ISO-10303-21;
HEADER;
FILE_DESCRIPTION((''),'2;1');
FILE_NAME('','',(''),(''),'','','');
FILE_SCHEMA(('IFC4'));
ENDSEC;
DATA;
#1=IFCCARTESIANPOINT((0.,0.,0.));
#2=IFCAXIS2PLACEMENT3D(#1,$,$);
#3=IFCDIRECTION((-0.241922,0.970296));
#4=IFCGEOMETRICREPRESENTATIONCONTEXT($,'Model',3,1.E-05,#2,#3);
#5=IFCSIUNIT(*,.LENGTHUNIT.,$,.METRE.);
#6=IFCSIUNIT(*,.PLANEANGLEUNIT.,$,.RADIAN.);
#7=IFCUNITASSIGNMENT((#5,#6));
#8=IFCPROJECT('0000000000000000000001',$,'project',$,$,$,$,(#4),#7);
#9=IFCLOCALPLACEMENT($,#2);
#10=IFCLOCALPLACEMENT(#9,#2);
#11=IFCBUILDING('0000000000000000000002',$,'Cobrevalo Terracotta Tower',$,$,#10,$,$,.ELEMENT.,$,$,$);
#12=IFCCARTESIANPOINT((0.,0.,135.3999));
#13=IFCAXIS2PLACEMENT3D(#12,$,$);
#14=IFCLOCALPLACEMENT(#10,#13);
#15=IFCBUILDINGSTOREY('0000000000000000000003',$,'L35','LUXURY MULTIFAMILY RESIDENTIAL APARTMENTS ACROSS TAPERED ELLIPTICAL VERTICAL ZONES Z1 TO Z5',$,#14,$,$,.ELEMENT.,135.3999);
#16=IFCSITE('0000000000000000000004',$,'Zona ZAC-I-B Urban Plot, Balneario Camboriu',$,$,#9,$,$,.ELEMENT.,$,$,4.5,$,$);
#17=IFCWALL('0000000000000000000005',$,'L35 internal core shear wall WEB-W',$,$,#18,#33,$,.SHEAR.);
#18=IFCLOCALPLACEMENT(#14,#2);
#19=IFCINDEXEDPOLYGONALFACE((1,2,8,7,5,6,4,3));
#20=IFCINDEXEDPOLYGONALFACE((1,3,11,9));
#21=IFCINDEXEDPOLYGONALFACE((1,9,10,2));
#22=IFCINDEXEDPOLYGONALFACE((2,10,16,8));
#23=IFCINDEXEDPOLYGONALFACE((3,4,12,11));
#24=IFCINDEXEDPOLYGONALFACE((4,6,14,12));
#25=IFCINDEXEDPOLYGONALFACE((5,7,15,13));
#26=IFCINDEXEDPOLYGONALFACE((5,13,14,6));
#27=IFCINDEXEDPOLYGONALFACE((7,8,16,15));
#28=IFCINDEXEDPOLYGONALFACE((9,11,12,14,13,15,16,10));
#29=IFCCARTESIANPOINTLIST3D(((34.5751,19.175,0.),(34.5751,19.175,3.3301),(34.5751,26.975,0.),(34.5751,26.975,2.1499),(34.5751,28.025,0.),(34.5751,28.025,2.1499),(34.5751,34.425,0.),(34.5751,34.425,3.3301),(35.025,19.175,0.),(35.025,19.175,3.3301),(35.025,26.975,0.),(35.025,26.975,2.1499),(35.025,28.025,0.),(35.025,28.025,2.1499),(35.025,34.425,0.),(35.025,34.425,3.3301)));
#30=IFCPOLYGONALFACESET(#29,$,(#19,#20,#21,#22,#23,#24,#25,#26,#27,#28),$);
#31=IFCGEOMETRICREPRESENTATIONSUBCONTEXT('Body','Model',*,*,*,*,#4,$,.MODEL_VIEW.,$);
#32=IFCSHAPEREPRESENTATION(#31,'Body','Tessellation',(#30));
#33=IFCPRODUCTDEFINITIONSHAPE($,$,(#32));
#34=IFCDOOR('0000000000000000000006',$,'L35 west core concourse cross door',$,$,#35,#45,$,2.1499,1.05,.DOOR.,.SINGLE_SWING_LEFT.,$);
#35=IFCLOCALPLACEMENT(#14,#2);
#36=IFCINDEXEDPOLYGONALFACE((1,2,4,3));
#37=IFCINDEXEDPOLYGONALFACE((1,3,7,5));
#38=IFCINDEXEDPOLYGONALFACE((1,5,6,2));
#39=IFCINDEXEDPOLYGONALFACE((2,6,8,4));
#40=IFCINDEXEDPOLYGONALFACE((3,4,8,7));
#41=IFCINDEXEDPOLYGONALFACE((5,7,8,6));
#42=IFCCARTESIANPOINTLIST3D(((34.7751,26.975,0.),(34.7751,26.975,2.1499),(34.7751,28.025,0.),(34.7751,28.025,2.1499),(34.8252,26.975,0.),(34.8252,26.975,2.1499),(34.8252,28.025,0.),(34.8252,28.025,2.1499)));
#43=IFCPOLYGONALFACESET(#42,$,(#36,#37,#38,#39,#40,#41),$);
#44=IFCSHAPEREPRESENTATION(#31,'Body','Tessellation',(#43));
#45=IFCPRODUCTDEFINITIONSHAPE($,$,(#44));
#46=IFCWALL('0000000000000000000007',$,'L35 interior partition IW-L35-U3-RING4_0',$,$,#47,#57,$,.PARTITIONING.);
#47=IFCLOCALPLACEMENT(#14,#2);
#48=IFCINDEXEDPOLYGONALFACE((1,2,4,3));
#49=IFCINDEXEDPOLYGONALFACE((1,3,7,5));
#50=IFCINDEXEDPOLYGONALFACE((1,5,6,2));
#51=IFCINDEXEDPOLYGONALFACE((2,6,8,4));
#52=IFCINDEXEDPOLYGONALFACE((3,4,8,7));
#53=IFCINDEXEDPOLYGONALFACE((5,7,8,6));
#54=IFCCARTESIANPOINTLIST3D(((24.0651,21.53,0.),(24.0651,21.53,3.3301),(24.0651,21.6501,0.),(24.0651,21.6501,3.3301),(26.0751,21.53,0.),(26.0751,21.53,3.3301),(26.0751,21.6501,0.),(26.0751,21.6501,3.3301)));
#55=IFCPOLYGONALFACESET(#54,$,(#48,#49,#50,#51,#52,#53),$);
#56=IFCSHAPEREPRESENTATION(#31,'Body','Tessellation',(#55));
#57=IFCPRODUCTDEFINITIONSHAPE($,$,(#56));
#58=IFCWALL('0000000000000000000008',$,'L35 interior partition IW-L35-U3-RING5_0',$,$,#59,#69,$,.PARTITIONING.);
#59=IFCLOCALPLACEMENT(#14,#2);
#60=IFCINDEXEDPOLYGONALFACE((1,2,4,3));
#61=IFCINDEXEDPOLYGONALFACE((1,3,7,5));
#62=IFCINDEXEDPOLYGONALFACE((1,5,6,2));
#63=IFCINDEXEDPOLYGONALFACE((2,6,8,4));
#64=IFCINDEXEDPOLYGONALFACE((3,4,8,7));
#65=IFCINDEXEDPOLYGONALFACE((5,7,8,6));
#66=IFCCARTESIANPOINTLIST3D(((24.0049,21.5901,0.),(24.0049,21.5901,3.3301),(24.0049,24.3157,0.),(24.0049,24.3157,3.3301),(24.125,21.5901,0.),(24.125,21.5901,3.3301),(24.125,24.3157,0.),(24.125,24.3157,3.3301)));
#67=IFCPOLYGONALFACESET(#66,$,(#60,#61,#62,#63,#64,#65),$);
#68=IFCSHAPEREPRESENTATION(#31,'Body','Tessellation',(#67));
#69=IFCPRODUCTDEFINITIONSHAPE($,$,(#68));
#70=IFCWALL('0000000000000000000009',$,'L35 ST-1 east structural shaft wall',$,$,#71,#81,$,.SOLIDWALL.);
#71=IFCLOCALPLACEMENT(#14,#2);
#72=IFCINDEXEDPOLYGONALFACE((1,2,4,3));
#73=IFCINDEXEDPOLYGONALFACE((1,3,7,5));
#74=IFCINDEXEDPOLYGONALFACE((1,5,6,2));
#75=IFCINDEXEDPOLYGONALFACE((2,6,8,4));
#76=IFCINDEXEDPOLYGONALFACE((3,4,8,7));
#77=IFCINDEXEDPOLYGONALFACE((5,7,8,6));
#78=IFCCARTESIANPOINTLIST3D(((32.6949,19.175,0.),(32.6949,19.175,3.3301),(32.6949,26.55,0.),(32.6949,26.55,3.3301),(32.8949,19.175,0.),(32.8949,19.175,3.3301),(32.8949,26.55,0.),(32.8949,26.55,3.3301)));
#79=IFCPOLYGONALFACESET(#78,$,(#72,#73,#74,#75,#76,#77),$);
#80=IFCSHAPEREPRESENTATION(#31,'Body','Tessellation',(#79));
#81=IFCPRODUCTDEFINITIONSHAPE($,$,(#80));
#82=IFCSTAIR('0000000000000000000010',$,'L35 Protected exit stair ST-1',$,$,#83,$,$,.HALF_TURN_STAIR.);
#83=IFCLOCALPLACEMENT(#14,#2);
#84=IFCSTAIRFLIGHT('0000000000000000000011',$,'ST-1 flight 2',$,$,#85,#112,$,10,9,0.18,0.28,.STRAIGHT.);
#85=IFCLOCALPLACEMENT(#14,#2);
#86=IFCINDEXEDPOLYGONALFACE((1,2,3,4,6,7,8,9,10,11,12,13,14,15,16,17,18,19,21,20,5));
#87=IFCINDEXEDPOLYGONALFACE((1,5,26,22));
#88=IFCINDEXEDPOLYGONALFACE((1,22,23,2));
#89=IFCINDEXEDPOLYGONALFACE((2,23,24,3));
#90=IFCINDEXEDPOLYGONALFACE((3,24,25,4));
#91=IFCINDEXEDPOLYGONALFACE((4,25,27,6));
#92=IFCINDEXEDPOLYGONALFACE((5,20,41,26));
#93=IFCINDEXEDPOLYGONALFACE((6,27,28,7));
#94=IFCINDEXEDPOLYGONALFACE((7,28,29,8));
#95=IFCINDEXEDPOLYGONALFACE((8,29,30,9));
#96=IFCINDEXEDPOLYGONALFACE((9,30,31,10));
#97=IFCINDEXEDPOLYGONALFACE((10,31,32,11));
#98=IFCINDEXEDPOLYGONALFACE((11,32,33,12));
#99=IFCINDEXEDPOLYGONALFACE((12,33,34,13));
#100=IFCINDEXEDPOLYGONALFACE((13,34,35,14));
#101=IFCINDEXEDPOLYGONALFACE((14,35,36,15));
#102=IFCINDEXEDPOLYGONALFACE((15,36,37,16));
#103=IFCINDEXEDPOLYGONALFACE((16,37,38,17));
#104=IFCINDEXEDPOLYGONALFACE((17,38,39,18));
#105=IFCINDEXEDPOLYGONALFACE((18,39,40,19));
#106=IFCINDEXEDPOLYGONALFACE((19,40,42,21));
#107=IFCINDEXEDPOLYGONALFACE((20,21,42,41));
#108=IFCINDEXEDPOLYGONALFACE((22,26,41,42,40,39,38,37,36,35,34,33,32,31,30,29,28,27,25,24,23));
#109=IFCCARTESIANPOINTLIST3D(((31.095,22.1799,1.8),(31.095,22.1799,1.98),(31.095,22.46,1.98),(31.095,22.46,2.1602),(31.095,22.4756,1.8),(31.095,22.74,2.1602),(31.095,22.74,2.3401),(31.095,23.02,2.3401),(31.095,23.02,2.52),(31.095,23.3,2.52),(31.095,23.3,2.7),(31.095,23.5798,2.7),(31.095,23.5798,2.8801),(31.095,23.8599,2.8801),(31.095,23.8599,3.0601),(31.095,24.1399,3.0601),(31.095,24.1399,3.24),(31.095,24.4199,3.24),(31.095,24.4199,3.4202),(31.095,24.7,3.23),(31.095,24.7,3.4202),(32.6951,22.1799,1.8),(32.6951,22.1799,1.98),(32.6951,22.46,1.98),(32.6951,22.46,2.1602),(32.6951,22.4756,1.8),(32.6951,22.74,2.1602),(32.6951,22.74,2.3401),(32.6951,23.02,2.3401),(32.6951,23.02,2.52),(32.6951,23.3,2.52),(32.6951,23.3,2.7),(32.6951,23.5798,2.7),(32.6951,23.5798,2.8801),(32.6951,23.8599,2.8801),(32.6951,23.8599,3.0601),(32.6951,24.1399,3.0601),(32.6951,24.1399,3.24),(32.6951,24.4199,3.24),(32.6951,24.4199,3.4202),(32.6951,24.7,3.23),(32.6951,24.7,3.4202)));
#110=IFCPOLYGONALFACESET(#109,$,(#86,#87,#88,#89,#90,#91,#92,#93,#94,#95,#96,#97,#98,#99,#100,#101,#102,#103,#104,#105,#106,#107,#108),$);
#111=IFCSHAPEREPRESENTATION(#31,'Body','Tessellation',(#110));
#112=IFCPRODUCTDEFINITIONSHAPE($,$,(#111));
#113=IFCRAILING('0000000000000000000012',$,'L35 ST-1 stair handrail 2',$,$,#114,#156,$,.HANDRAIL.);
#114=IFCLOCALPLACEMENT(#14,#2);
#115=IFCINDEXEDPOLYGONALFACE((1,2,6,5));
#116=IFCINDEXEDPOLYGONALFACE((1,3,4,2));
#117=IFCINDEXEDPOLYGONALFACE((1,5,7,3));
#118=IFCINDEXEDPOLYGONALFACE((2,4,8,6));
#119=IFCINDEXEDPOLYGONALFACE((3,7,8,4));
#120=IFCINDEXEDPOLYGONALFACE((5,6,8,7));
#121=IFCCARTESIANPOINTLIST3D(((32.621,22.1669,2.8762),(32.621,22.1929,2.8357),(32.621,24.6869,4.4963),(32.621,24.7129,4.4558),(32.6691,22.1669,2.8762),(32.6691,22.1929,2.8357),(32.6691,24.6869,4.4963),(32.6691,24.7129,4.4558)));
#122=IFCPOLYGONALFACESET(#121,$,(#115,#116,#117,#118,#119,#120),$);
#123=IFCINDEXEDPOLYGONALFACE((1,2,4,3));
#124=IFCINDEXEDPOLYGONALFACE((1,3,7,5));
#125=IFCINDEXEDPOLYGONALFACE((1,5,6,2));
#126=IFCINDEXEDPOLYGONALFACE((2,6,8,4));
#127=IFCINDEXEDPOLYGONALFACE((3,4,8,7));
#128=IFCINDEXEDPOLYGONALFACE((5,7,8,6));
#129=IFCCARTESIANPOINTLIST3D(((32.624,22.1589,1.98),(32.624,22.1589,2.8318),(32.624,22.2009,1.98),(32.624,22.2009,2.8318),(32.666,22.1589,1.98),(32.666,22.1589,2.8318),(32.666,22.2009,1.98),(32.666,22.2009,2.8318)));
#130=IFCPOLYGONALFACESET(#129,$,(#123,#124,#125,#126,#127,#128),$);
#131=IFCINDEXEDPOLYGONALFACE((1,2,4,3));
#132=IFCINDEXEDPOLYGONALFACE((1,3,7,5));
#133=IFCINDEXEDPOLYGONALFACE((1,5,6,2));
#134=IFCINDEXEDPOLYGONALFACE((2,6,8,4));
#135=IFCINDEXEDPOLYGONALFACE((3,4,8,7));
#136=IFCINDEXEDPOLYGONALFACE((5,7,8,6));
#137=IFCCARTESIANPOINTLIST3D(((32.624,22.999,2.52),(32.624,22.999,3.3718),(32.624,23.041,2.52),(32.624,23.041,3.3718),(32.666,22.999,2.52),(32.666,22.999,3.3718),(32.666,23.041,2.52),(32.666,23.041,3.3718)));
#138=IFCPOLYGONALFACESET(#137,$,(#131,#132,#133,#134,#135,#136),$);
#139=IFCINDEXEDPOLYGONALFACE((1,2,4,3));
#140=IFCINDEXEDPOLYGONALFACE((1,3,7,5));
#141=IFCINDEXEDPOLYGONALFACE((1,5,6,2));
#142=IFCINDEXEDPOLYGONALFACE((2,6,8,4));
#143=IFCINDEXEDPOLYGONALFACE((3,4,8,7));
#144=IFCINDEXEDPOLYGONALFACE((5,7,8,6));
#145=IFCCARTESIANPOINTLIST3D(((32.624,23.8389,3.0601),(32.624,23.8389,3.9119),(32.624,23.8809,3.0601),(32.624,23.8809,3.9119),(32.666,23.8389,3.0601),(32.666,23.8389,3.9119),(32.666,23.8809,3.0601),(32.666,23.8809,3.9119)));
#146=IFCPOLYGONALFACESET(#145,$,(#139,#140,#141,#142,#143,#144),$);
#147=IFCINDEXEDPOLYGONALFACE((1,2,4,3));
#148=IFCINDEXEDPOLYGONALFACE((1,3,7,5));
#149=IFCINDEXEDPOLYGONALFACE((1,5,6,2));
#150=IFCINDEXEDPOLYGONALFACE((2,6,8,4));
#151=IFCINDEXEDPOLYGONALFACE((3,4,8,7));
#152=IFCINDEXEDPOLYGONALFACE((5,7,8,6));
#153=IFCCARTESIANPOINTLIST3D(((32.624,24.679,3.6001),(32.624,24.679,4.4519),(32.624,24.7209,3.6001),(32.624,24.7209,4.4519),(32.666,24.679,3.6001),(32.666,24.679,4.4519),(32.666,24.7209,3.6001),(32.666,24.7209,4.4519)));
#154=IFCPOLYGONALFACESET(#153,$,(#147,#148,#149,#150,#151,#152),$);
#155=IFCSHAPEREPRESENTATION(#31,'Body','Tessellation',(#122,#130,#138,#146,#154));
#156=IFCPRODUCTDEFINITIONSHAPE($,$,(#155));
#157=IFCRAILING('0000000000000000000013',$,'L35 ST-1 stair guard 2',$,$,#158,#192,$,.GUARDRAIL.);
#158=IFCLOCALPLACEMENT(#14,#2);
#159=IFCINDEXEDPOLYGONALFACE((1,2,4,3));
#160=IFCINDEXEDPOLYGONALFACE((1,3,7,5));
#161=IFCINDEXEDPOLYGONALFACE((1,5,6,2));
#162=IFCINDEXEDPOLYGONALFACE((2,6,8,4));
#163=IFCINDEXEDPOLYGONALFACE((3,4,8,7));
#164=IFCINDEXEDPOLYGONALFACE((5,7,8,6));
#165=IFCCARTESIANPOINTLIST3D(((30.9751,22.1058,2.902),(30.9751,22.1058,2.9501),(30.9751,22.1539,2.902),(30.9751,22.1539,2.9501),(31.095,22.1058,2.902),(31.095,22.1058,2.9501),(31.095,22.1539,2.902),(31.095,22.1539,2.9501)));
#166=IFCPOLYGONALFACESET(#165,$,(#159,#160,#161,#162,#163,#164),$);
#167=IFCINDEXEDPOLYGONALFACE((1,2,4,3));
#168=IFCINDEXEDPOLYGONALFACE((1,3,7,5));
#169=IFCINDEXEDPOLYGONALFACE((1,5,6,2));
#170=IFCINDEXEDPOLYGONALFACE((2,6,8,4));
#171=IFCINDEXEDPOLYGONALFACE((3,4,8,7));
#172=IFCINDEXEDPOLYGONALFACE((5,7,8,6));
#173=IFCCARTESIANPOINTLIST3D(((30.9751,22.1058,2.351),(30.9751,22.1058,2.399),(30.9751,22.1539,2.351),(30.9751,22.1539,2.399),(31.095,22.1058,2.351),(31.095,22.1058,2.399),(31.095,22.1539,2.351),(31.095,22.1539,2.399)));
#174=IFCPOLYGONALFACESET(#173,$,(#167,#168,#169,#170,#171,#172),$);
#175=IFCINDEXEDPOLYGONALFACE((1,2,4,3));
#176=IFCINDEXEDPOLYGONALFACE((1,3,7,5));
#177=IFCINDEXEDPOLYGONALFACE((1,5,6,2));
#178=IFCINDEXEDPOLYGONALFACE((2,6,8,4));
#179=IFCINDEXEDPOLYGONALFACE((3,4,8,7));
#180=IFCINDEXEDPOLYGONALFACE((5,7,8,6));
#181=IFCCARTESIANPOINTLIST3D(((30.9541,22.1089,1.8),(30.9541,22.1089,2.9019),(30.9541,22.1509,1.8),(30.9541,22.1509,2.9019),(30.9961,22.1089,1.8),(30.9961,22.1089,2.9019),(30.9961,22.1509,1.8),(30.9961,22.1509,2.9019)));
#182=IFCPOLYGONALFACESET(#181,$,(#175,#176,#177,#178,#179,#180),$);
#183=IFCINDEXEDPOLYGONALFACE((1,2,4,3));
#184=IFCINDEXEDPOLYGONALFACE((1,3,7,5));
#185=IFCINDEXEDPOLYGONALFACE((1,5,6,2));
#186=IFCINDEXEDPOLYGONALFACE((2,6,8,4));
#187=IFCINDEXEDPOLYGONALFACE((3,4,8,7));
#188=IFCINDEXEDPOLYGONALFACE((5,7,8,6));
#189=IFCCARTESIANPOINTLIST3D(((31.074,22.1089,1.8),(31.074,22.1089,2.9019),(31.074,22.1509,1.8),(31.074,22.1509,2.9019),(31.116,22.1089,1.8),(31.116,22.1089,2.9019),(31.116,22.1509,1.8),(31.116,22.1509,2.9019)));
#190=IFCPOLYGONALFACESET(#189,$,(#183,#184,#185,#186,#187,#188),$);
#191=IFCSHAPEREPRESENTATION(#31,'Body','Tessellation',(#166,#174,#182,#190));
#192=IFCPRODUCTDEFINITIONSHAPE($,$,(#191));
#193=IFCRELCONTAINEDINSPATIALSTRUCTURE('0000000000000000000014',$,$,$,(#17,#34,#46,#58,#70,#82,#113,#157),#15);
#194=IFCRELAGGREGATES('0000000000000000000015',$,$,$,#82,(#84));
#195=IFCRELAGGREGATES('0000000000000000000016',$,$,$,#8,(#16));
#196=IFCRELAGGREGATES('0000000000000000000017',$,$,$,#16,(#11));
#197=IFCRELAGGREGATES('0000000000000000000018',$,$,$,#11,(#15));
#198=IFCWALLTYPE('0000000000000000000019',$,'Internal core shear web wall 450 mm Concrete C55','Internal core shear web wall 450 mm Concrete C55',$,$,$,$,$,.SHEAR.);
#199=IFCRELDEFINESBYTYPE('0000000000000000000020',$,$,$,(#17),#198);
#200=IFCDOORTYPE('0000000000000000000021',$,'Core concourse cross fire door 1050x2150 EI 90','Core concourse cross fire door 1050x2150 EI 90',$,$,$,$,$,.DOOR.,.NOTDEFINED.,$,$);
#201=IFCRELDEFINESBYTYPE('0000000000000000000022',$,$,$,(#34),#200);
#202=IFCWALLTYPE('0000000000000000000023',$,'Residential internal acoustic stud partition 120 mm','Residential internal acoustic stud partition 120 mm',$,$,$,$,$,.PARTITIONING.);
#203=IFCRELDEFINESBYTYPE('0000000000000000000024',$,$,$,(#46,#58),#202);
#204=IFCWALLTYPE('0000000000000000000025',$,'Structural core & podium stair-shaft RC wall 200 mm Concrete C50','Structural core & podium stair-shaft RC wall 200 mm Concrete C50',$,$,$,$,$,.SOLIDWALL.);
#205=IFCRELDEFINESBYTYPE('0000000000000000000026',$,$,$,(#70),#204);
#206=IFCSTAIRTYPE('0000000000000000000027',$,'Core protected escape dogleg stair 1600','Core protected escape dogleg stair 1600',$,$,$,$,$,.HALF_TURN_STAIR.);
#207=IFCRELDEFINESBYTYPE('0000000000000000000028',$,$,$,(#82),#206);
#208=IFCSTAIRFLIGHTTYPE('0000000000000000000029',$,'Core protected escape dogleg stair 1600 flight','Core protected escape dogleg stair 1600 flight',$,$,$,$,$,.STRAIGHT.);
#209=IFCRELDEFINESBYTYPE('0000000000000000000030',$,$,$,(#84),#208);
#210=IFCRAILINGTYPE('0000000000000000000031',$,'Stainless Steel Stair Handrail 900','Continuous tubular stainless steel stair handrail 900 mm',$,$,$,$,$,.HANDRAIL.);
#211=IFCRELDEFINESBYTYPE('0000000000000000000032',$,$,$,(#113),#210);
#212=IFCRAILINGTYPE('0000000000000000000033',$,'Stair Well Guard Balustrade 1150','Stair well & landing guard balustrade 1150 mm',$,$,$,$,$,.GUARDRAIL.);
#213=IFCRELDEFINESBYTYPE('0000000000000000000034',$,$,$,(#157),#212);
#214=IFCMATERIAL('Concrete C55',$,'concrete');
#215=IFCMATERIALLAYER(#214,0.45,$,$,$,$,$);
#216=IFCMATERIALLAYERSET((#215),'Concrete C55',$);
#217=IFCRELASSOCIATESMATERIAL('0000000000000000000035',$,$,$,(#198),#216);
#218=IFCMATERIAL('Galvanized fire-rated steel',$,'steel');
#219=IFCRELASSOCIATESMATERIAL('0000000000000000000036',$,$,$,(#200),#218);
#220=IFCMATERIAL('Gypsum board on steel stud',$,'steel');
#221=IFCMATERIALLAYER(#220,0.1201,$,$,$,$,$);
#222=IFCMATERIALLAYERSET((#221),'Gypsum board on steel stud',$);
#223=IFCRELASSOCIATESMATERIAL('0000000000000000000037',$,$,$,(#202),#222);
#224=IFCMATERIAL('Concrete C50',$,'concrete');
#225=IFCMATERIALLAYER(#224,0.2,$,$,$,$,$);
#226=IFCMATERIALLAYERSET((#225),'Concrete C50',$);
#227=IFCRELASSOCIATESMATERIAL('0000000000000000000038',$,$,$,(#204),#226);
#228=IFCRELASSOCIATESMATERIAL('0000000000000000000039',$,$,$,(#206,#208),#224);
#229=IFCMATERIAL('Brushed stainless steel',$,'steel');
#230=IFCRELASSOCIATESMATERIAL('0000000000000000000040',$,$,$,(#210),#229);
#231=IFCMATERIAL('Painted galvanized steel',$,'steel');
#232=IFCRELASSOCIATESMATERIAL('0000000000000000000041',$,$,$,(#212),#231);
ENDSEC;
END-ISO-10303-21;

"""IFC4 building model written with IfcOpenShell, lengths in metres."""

from ifc_helpers import new_model, si_unit, direction, frame, frame_2d, origin, origin_2d, place, context, subcontext, project, spatial, polyline, rectangle, outline, extrude, source, transform, mapped, material, layer, layer_set, type_object, element, fill, aggregate, save


model = new_model("IFC4")

# Units and contexts
model_context = context("Model", 3, precision=1e-05, world=origin(), true_north=direction((-0.241922, 0.970296)))
body_context = subcontext(model_context, "Body", "Model", "MODEL_VIEW")
ifc_project = project(units=[si_unit("LENGTHUNIT", "METRE"), si_unit("PLANEANGLEUNIT", "RADIAN")], contexts=[model_context])

# Site, building, storey
site_placement = place(None, origin())
site = spatial("IfcSite", under=ifc_project, at=site_placement, Name="Zona ZAC-I-B Urban Plot, Balneario Camboriu", CompositionType="ELEMENT", RefElevation=4.5)
building_placement = place(site_placement, origin())
building = spatial("IfcBuilding", under=site, at=building_placement, Name="Cobrevalo Terracotta Tower", CompositionType="ELEMENT")
storey_placement = place(building_placement, frame((0.0, 0.0, 135.3999)))
storey = spatial("IfcBuildingStorey", under=building, at=storey_placement, Name="L35", Description="LUXURY MULTIFAMILY RESIDENTIAL APARTMENTS ACROSS TAPERED ELLIPTICAL VERTICAL ZONES Z1 TO Z5", CompositionType="ELEMENT", Elevation=135.3999)

# Shared definitions
ifc_material_1 = material(Name="Concrete C55", Category="concrete")

# Wall, opening, door
ifc_material_2 = material(Name="Galvanized fire-rated steel", Category="steel")
ifc_material_3 = material(Name="Gypsum board on steel stud", Category="steel")
ifc_layer_1 = layer(ifc_material_1, 0.45)
ifc_layer_set_1 = layer_set([ifc_layer_1], Name="Concrete C55")
wall_type_1 = type_object("IfcWallType", Name="Internal core shear web wall 450 mm Concrete C55", Description="Internal core shear web wall 450 mm Concrete C55", PredefinedType="SHEAR", material=ifc_layer_set_1)
wall_1_placement = place(storey_placement, frame((34.8, 19.175, 0.0), z_axis=(0.0, 0.0, 1.0), x_axis=(0.0, 1.0, 0.0)))
wall_1 = element("IfcWall", 1, at=wall_1_placement, inside=storey, type_object=wall_type_1, Name="L35 internal core shear wall WEB-W", PredefinedType="SHEAR", context=body_context, shape_type="SweptSolid", body=[
    extrude(rectangle(XDim=15.25, YDim=0.45, at=frame_2d((7.625, 0.0))), origin(), (0.0, 0.0, 1.0), 3.3301),
])
opening_1_placement = place(wall_1_placement, frame((7.8, 0.0, 0.0)))
opening_1 = element("IfcOpeningElement", 2, at=opening_1_placement, cuts=wall_1, PredefinedType="OPENING", context=body_context, shape_type="SweptSolid", body=[
    extrude(rectangle(XDim=1.05, YDim=2.1499, at=frame_2d((0.5249, 1.075))), frame((0.0, 0.2349, 0.0), z_axis=(0.0, -1.0, 0.0), x_axis=(1.0, 0.0, 0.0)), (0.0, 0.0, 1.0), 0.47),
])
door_type_1 = type_object("IfcDoorType", Name="Core concourse cross fire door 1050x2150 EI 90", Description="Core concourse cross fire door 1050x2150 EI 90", OperationType="NOTDEFINED", PredefinedType="DOOR", material=ifc_material_2)
shared_shape_1 = source(origin(), body_context, "Body", "SweptSolid", [
    extrude(rectangle(XDim=1.05, YDim=2.1499, at=frame_2d((0.5249, 1.075))), frame((0.0, 0.0249, 0.0), z_axis=(0.0, -1.0, 0.0), x_axis=(1.0, 0.0, 0.0)), (0.0, 0.0, 1.0), 0.05),
])
door_1_placement = place(opening_1_placement, origin())
door_1 = element("IfcDoor", 3, at=door_1_placement, inside=storey, type_object=door_type_1, Name="L35 west core concourse cross door", OperationType="SINGLE_SWING_LEFT", OverallHeight=2.1499, OverallWidth=1.05, PredefinedType="DOOR", context=body_context, shape_type="MappedRepresentation", body=[
    mapped(shared_shape_1, transform((0.0, 0.0, 0.0), scale=1.0)),
])
fill(opening_1, door_1)

# Walls
ifc_layer_2 = layer(ifc_material_3, 0.1201)
ifc_layer_set_2 = layer_set([ifc_layer_2], Name="Gypsum board on steel stud")
wall_type_2 = type_object("IfcWallType", Name="Residential internal acoustic stud partition 120 mm", Description="Residential internal acoustic stud partition 120 mm", PredefinedType="PARTITIONING", material=ifc_layer_set_2)
wall_2_placement = place(storey_placement, frame((26.075, 21.5901, 0.0), z_axis=(0.0, 0.0, 1.0), x_axis=(-1.0, 0.0, 0.0)))
element("IfcWall", 4, at=wall_2_placement, inside=storey, type_object=wall_type_2, Name="L35 interior partition IW-L35-U3-RING4_0", PredefinedType="PARTITIONING", context=body_context, shape_type="SweptSolid", body=[
    extrude(rectangle(XDim=2.01, YDim=0.1201, at=frame_2d((1.0049, 0.0))), origin(), (0.0, 0.0, 1.0), 3.3301),
])
wall_3_placement = place(storey_placement, frame((24.0649, 21.5901, 0.0), z_axis=(0.0, 0.0, 1.0), x_axis=(0.0, 1.0, 0.0)))
element("IfcWall", 5, at=wall_3_placement, inside=storey, type_object=wall_type_2, Name="L35 interior partition IW-L35-U3-RING5_0", PredefinedType="PARTITIONING", context=body_context, shape_type="SweptSolid", body=[
    extrude(rectangle(XDim=2.7256, YDim=0.1201, at=frame_2d((1.3628, 0.0))), origin(), (0.0, 0.0, 1.0), 3.3301),
])

# Wall
ifc_material_4 = material(Name="Concrete C50", Category="concrete")
ifc_layer_3 = layer(ifc_material_4, 0.2)
ifc_layer_set_3 = layer_set([ifc_layer_3], Name="Concrete C50")
wall_type_3 = type_object("IfcWallType", Name="Structural core & podium stair-shaft RC wall 200 mm Concrete C50", Description="Structural core & podium stair-shaft RC wall 200 mm Concrete C50", PredefinedType="SOLIDWALL", material=ifc_layer_set_3)
wall_4_placement = place(storey_placement, frame((32.7949, 19.175, 0.0), z_axis=(0.0, 0.0, 1.0), x_axis=(0.0, 1.0, 0.0)))
element("IfcWall", 6, at=wall_4_placement, inside=storey, type_object=wall_type_3, Name="L35 ST-1 east structural shaft wall", PredefinedType="SOLIDWALL", context=body_context, shape_type="SweptSolid", body=[
    extrude(rectangle(XDim=7.375, YDim=0.2, at=frame_2d((3.6875, 0.0))), origin(), (0.0, 0.0, 1.0), 3.3301),
])

# Stair, stair flight
stair_type = type_object("IfcStairType", Name="Core protected escape dogleg stair 1600", Description="Core protected escape dogleg stair 1600", PredefinedType="HALF_TURN_STAIR", material=ifc_material_4)
stair_placement = place(storey_placement, origin())
stair = element("IfcStair", 7, at=stair_placement, inside=storey, type_object=stair_type, Name="L35 Protected exit stair ST-1", PredefinedType="HALF_TURN_STAIR")
stair_flight_type = type_object("IfcStairFlightType", Name="Core protected escape dogleg stair 1600 flight", Description="Core protected escape dogleg stair 1600 flight", PredefinedType="STRAIGHT", material=ifc_material_4)
stair_flight_placement = place(storey_placement, frame((31.895, 22.1799, 1.8), z_axis=(0.0, 0.0, 1.0), x_axis=(0.0, 1.0, 0.0)))
stair_flight = element("IfcStairFlight", 8, at=stair_flight_placement, type_object=stair_flight_type, Name="ST-1 flight 2", NumberOfRisers=10, NumberOfTreads=9, PredefinedType="STRAIGHT", RiserHeight=0.18, TreadLength=0.28, context=body_context, shape_type="SweptSolid", body=[
    extrude(outline(polyline([(0.0, 0.0), (0.0, 0.1799), (0.28, 0.1799), (0.28, 0.3601), (0.5601, 0.3601), (0.5601, 0.54), (0.8401, 0.54), (0.8401, 0.72), (1.1201, 0.72), (1.1201, 0.8999), (1.3999, 0.8999), (1.3999, 1.0801), (1.6799, 1.0801), (1.6799, 1.26), (1.96, 1.26), (1.96, 1.4399), (2.24, 1.4399), (2.24, 1.6201), (2.52, 1.6201), (2.52, 1.8), (2.52, 1.4299), (0.2957, 0.0), (0.0, 0.0)])), frame((0.0, 0.8, 0.0), z_axis=(0.0, -1.0, 0.0), x_axis=(1.0, 0.0, 0.0)), (0.0, 0.0, 1.0), 1.6001),
])
aggregate(stair, [stair_flight])

# Railings
ifc_material_5 = material(Name="Brushed stainless steel", Category="steel")
railing_type_1 = type_object("IfcRailingType", Name="Stainless Steel Stair Handrail 900", Description="Continuous tubular stainless steel stair handrail 900 mm", PredefinedType="HANDRAIL", material=ifc_material_5)
railing_1_placement = place(storey_placement, frame((32.645, 22.1799, 1.98)))
element("IfcRailing", 9, at=railing_1_placement, inside=storey, type_object=railing_type_1, Name="L35 ST-1 stair handrail 2", PredefinedType="HANDRAIL", context=body_context, shape_type="SweptSolid", body=[
    extrude(rectangle(XDim=0.0481, YDim=0.0481, at=origin_2d()), frame((0.0, 0.0, 0.876), z_axis=(0.0, 0.841163, 0.540782), x_axis=(-1.0, 0.0, 0.0)), (0.0, 0.0, 1.0), 2.9958),
    extrude(rectangle(XDim=0.042, YDim=0.042, at=origin_2d()), origin(), (0.0, 0.0, 1.0), 0.8518),
    extrude(rectangle(XDim=0.042, YDim=0.042, at=origin_2d()), frame((0.0, 0.8401, 0.54)), (0.0, 0.0, 1.0), 0.8518),
    extrude(rectangle(XDim=0.042, YDim=0.042, at=origin_2d()), frame((0.0, 1.6799, 1.0801)), (0.0, 0.0, 1.0), 0.8518),
    extrude(rectangle(XDim=0.042, YDim=0.042, at=origin_2d()), frame((0.0, 2.52, 1.6201)), (0.0, 0.0, 1.0), 0.8518),
])
ifc_material_6 = material(Name="Painted galvanized steel", Category="steel")
railing_type_2 = type_object("IfcRailingType", Name="Stair Well Guard Balustrade 1150", Description="Stair well & landing guard balustrade 1150 mm", PredefinedType="GUARDRAIL", material=ifc_material_6)
railing_2_placement = place(storey_placement, frame((30.9751, 22.1299, 1.8)))
element("IfcRailing", 10, at=railing_2_placement, inside=storey, type_object=railing_type_2, Name="L35 ST-1 stair guard 2", PredefinedType="GUARDRAIL", context=body_context, shape_type="SweptSolid", body=[
    extrude(rectangle(XDim=0.0481, YDim=0.0481, at=origin_2d()), frame((0.0, 0.0, 1.126), z_axis=(1.0, 0.0, 0.0), x_axis=(0.0, 1.0, 0.0)), (0.0, 0.0, 1.0), 0.1199),
    extrude(rectangle(XDim=0.0481, YDim=0.0481, at=origin_2d()), frame((0.0, 0.0, 0.575), z_axis=(1.0, 0.0, 0.0), x_axis=(0.0, 1.0, 0.0)), (0.0, 0.0, 1.0), 0.1199),
    extrude(rectangle(XDim=0.042, YDim=0.042, at=origin_2d()), origin(), (0.0, 0.0, 1.0), 1.1018),
    extrude(rectangle(XDim=0.042, YDim=0.042, at=origin_2d()), frame((0.1199, 0.0, 0.0)), (0.0, 0.0, 1.0), 1.1018),
])

save(model, "model.ifc")
